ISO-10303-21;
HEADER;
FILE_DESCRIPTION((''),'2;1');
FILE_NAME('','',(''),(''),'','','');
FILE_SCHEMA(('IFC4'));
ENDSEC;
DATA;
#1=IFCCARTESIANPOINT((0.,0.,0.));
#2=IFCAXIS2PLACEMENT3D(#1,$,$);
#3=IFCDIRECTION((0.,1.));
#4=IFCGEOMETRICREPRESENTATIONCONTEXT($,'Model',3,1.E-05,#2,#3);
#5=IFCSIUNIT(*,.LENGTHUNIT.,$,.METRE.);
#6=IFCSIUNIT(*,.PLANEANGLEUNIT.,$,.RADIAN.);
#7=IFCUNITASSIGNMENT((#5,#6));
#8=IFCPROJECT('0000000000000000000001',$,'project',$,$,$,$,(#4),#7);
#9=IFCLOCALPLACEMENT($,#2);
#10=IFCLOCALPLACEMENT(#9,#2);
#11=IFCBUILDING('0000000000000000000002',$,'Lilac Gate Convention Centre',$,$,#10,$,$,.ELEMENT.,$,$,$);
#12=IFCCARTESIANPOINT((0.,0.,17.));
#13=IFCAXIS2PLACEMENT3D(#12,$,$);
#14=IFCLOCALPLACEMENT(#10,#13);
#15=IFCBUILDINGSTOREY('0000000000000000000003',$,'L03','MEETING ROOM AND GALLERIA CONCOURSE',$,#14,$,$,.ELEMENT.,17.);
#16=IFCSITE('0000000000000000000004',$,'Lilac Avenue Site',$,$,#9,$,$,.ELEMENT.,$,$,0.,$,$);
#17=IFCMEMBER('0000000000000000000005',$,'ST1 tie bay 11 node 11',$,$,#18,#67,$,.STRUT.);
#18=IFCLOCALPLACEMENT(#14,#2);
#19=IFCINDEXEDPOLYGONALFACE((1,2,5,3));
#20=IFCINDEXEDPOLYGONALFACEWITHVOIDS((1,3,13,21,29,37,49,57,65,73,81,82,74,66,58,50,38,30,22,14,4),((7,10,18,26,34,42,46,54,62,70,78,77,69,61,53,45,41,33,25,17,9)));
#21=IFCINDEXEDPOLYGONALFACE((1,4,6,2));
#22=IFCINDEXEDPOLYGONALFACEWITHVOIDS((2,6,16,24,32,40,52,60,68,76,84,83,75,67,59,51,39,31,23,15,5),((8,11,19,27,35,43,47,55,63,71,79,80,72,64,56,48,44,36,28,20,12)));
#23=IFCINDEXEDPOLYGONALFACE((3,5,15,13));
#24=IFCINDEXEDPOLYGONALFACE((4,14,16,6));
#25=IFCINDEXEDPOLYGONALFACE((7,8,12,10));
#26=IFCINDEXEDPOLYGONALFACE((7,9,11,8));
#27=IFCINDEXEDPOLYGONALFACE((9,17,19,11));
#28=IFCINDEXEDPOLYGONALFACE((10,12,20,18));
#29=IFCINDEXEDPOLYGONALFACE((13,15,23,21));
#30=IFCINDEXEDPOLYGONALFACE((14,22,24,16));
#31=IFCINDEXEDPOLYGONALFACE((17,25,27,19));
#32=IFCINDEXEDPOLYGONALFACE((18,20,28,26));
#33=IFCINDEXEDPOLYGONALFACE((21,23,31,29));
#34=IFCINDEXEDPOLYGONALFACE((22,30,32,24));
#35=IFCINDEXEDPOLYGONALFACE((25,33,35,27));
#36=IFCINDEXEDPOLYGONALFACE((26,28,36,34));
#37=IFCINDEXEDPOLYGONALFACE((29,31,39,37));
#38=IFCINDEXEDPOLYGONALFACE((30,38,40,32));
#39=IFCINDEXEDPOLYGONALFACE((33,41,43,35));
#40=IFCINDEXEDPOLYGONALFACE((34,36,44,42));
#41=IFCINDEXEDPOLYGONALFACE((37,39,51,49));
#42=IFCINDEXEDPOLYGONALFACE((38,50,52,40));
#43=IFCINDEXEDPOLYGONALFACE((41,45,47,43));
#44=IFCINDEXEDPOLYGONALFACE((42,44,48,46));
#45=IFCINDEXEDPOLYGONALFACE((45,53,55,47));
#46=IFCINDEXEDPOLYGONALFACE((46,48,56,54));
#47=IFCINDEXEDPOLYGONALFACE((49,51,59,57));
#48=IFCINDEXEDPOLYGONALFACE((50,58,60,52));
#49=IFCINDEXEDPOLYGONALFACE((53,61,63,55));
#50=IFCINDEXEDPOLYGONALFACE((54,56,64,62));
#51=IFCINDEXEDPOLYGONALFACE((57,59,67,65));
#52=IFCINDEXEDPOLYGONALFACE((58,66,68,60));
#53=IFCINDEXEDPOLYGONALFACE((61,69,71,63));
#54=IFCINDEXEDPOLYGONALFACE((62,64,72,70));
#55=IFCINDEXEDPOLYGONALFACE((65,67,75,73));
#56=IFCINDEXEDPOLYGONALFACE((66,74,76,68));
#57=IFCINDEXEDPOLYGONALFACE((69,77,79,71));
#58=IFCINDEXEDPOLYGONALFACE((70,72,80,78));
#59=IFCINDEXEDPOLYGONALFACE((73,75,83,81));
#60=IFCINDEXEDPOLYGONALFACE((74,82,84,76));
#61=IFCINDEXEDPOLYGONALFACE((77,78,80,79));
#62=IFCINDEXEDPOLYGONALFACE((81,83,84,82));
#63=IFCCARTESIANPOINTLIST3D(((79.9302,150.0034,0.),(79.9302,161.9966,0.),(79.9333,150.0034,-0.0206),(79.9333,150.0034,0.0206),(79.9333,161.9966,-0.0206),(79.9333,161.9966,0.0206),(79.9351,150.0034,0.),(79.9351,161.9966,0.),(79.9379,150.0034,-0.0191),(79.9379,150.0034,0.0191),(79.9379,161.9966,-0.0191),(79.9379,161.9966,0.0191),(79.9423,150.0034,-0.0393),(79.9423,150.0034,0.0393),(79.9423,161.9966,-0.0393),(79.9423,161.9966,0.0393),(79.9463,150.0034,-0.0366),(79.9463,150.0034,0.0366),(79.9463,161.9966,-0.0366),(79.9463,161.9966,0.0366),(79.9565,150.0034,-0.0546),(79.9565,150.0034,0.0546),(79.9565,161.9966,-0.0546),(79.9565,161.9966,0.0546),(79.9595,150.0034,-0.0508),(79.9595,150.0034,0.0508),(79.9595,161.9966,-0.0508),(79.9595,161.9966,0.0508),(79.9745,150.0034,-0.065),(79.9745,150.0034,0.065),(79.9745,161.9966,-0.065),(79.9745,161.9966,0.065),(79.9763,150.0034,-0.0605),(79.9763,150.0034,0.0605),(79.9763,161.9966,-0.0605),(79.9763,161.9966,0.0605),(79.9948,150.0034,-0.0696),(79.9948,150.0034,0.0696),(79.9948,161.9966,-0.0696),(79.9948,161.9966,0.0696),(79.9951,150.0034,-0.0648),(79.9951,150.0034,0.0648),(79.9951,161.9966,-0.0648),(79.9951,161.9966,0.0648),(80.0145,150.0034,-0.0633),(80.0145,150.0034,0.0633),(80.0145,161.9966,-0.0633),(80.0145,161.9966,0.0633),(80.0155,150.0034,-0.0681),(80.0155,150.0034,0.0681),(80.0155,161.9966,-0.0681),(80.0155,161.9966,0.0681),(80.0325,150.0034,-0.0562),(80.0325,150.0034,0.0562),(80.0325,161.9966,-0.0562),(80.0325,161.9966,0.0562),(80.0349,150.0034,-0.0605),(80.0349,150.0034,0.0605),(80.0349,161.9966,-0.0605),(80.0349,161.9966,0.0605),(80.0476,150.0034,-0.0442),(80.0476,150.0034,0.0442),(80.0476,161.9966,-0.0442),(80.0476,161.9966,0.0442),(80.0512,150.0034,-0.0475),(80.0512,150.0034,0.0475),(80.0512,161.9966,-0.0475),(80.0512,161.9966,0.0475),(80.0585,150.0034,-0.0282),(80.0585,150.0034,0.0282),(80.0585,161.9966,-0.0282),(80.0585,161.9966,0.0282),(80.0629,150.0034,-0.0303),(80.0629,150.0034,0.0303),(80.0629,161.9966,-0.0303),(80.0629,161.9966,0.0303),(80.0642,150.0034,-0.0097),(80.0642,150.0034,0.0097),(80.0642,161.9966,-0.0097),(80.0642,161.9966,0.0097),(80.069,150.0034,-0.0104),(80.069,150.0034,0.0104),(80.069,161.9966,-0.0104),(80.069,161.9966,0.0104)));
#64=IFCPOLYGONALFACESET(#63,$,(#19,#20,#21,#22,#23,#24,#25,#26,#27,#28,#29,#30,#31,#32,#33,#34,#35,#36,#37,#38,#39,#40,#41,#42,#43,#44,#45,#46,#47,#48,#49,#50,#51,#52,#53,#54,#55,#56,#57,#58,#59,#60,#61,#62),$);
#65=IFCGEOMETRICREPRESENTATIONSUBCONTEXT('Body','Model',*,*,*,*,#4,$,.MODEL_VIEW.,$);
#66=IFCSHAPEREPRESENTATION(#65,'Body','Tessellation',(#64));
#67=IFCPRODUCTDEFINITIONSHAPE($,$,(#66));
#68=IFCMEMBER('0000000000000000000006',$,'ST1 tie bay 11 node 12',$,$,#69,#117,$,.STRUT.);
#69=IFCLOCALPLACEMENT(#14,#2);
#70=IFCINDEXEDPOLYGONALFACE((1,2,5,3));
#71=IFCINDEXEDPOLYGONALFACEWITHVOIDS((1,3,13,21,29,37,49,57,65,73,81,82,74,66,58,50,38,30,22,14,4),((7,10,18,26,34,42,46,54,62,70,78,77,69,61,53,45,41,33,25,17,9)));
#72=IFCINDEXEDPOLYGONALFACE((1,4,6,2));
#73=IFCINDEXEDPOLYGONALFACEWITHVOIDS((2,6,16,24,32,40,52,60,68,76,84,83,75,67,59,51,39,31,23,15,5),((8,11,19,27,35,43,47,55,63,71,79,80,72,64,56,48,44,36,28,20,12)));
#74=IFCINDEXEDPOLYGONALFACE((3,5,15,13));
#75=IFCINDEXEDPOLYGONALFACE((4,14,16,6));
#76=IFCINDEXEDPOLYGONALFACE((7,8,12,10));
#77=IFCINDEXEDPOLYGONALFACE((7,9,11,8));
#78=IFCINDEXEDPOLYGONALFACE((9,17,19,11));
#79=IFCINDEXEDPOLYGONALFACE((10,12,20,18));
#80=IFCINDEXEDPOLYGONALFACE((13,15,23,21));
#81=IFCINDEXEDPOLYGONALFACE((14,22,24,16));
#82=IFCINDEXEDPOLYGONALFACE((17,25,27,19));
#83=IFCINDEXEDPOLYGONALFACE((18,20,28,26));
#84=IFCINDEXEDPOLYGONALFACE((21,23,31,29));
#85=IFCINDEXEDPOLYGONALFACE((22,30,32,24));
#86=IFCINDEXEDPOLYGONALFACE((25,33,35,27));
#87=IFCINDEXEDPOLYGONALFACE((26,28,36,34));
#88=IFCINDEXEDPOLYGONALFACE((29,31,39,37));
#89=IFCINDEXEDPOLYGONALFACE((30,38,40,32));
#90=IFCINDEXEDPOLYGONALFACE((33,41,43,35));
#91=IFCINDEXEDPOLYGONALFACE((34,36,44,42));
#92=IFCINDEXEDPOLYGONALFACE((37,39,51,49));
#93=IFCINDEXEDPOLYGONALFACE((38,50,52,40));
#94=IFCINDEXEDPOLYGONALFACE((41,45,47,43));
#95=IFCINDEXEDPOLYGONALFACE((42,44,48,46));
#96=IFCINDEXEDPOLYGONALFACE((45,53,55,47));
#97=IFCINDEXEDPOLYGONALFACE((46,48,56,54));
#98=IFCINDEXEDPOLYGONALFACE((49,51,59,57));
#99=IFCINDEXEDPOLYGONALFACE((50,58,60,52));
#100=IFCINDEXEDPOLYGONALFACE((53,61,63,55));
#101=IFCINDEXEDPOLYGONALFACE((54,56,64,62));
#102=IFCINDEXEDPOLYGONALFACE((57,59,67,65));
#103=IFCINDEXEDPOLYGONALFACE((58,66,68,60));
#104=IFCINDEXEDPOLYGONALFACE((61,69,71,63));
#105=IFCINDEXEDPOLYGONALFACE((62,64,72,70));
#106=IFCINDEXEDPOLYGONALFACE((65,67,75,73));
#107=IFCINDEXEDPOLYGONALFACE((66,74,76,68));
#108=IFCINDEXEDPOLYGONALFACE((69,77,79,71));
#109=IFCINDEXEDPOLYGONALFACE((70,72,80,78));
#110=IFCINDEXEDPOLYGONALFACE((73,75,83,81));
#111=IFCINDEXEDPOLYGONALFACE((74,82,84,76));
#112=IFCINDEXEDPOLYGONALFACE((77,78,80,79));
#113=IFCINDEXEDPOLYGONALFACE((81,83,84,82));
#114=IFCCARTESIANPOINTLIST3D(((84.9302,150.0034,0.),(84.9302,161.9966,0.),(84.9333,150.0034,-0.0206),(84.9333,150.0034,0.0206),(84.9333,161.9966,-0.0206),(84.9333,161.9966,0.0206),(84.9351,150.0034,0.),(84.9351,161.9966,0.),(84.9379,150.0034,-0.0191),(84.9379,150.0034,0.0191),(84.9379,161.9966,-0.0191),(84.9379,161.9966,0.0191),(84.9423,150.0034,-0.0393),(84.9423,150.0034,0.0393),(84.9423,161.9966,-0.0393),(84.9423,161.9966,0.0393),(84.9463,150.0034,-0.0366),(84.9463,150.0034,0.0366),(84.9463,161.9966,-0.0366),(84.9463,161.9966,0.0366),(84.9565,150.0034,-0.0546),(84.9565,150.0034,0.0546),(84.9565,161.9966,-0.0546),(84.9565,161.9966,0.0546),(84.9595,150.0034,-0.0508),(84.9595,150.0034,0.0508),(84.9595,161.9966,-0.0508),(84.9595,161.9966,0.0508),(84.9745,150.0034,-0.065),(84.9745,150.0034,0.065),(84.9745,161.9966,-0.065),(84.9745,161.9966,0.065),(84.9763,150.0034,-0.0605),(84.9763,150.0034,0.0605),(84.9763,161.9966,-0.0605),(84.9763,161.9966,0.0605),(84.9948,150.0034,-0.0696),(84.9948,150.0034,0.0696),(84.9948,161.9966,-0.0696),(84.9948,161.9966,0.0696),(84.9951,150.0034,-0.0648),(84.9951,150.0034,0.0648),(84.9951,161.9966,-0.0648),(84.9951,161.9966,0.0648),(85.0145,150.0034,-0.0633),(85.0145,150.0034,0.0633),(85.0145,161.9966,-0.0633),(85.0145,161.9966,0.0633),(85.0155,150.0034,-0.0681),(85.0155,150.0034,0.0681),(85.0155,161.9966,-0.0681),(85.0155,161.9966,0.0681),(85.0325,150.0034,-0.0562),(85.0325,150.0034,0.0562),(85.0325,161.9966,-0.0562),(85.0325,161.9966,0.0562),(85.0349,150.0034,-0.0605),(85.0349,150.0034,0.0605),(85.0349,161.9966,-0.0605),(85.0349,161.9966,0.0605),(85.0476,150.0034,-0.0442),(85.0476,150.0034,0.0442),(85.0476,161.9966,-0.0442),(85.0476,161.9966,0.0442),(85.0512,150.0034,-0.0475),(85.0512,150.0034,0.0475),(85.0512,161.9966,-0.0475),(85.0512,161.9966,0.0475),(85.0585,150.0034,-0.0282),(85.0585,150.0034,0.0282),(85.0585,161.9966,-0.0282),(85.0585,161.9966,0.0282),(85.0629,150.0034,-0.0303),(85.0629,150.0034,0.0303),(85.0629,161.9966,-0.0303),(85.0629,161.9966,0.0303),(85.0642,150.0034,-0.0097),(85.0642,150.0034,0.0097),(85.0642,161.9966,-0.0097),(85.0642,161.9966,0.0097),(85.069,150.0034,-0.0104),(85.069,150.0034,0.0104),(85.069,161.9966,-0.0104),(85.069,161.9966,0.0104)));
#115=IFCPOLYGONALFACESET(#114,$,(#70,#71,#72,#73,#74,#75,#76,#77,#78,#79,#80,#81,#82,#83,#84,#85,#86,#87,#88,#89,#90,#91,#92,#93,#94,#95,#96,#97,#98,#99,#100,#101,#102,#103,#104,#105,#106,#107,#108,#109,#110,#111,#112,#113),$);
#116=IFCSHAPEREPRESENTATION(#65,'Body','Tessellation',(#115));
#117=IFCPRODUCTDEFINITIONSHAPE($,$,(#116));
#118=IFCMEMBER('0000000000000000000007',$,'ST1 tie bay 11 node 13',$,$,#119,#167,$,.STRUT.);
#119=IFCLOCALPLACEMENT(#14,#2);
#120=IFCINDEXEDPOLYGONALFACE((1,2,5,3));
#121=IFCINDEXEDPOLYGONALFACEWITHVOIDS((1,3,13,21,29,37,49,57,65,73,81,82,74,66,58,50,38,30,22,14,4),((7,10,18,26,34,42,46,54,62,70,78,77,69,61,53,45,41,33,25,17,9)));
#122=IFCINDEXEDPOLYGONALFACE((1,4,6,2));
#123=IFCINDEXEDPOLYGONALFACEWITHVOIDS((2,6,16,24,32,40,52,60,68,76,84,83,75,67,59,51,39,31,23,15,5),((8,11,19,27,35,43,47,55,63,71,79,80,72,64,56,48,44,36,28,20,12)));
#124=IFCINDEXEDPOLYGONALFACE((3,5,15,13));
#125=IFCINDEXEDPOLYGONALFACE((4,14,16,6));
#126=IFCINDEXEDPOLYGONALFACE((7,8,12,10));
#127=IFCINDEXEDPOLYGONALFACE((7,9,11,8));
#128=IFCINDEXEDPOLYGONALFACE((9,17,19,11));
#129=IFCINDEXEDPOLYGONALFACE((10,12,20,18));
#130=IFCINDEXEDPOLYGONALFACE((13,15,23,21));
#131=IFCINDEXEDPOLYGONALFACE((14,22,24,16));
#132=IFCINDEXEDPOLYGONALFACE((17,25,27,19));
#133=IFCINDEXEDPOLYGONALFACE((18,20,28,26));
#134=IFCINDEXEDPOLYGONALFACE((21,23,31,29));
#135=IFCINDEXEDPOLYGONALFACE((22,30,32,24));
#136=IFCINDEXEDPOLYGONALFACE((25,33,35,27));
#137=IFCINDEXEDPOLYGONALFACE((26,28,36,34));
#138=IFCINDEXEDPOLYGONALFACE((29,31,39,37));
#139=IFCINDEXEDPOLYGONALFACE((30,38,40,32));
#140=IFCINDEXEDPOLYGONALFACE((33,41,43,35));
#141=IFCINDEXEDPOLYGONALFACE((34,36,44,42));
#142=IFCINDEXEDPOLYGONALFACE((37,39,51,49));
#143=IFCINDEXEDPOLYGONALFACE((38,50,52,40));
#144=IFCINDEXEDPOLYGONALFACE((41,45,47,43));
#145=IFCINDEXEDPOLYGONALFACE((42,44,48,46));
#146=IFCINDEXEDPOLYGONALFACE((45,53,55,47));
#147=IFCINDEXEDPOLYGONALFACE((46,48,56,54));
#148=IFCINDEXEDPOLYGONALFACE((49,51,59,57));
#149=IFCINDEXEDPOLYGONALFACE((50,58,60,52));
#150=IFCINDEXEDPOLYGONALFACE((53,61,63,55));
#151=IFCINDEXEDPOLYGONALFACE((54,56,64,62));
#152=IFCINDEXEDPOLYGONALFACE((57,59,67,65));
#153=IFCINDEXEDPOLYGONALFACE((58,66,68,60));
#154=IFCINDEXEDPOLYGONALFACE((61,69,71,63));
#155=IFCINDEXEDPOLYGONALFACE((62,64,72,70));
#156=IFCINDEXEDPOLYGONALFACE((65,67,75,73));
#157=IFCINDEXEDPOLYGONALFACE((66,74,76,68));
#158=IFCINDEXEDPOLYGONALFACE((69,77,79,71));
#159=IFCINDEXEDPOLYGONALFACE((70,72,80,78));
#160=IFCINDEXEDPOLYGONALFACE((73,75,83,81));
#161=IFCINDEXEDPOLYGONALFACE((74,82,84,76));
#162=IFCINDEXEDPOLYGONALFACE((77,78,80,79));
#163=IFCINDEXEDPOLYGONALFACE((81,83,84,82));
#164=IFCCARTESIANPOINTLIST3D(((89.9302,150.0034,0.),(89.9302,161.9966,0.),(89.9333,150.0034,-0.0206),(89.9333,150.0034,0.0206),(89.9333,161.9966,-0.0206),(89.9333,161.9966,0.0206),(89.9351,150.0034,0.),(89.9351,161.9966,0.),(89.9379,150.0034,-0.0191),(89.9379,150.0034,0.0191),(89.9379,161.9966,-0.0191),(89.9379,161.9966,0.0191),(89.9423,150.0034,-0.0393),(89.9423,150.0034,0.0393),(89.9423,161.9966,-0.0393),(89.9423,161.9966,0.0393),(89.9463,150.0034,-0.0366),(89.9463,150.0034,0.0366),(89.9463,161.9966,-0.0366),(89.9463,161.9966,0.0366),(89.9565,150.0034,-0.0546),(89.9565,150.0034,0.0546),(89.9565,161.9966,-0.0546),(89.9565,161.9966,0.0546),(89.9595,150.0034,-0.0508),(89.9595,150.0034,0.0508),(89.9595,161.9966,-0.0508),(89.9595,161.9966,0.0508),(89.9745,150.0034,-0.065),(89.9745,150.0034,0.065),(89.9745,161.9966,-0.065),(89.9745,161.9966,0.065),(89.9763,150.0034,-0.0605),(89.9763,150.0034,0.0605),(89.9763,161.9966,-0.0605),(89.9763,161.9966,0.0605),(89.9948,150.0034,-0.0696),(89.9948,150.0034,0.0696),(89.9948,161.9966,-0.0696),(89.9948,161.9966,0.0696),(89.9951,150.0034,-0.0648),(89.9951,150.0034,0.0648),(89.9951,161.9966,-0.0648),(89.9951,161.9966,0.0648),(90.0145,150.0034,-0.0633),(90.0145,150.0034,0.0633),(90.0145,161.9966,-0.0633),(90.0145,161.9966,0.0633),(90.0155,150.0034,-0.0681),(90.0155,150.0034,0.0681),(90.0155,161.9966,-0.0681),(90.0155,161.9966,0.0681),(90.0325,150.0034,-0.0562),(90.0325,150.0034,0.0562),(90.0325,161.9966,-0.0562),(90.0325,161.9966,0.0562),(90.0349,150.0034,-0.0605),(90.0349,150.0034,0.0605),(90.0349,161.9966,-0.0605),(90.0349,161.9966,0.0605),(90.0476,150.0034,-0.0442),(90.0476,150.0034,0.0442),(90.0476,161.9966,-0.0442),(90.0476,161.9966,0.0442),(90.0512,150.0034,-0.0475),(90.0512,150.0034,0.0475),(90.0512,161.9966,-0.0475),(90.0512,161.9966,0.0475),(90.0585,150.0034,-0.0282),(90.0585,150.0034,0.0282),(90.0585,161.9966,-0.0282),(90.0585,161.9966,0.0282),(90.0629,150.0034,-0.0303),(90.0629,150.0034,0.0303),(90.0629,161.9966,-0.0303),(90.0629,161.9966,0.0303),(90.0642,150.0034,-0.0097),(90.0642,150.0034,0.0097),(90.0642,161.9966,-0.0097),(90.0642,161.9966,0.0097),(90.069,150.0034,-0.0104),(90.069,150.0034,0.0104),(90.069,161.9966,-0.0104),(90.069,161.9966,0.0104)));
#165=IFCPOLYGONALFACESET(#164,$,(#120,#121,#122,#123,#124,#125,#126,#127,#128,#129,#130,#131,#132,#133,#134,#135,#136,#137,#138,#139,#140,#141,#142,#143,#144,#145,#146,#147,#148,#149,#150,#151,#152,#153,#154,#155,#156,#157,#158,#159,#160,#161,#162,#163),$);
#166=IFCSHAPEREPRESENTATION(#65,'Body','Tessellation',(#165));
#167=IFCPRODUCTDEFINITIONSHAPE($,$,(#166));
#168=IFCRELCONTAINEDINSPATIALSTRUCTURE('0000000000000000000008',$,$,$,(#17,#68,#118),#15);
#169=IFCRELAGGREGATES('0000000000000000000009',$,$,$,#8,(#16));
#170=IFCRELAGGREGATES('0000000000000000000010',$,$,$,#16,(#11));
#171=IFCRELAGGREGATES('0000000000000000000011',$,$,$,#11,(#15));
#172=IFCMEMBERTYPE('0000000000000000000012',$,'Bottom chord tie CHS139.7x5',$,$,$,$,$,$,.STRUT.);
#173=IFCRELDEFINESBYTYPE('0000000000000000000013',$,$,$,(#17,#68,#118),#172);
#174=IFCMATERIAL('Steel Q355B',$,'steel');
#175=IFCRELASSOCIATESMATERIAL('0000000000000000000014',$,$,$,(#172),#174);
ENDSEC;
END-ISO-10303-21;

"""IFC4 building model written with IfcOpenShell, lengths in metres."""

from ifc_helpers import new_model, si_unit, direction, frame, origin, origin_2d, place, context, subcontext, project, spatial, hollow_circle, extrude, material, material_profile, profile_set, type_object, element, save


model = new_model("IFC4")

# Units and contexts
model_context = context("Model", 3, precision=1e-05, world=origin(), true_north=direction((0.0, 1.0)))
body_context = subcontext(model_context, "Body", "Model", "MODEL_VIEW")
ifc_project = project(units=[si_unit("LENGTHUNIT", "METRE"), si_unit("PLANEANGLEUNIT", "RADIAN")], contexts=[model_context])

# Site, building, storey
site_placement = place(None, origin())
site = spatial("IfcSite", under=ifc_project, at=site_placement, Name="Lilac Avenue Site", CompositionType="ELEMENT", RefElevation=0.0)
building_placement = place(site_placement, origin())
building = spatial("IfcBuilding", under=site, at=building_placement, Name="Lilac Gate Convention Centre", CompositionType="ELEMENT")
storey_placement = place(building_placement, frame((0.0, 0.0, 17.0)))
storey = spatial("IfcBuildingStorey", under=building, at=storey_placement, Name="L03", Description="MEETING ROOM AND GALLERIA CONCOURSE", CompositionType="ELEMENT", Elevation=17.0)

# Members
ifc_material_1 = material(Name="Steel Q355B", Category="steel")
ifc_material_profile_1 = material_profile(ifc_material_1, hollow_circle(Radius=0.0698, WallThickness=0.0049, at=origin_2d()), Name="CHS139.7x5")
ifc_profile_set_1 = profile_set([ifc_material_profile_1], Name="Steel Q355B")
member_type_1 = type_object("IfcMemberType", Name="Bottom chord tie CHS139.7x5", PredefinedType="STRUT", material=ifc_profile_set_1)
for number, where, z_axis, x_axis, name in (
    (1, (80.0, 150.0034, 0.0), (0.0, 1.0, 0.0), (-1.0, 0.0, 0.0), "ST1 tie bay 11 node 11"),
    (2, (85.0, 150.0034, 0.0), (0.0, 1.0, 0.0), (-1.0, 0.0, 0.0), "ST1 tie bay 11 node 12"),
    (3, (90.0, 150.0034, 0.0), (0.0, 1.0, 0.0), (-1.0, 0.0, 0.0), "ST1 tie bay 11 node 13"),
):
    element("IfcMember", number, at=place(storey_placement, frame(where, z_axis=z_axis, x_axis=x_axis)), inside=storey, type_object=member_type_1, Name=name, PredefinedType="STRUT", context=body_context, shape_type="SweptSolid", body=[
        extrude(hollow_circle(Radius=0.0698, WallThickness=0.0049, at=origin_2d()), origin(), (0.0, 0.0, 1.0), 11.9932),
    ])

save(model, "model.ifc")
